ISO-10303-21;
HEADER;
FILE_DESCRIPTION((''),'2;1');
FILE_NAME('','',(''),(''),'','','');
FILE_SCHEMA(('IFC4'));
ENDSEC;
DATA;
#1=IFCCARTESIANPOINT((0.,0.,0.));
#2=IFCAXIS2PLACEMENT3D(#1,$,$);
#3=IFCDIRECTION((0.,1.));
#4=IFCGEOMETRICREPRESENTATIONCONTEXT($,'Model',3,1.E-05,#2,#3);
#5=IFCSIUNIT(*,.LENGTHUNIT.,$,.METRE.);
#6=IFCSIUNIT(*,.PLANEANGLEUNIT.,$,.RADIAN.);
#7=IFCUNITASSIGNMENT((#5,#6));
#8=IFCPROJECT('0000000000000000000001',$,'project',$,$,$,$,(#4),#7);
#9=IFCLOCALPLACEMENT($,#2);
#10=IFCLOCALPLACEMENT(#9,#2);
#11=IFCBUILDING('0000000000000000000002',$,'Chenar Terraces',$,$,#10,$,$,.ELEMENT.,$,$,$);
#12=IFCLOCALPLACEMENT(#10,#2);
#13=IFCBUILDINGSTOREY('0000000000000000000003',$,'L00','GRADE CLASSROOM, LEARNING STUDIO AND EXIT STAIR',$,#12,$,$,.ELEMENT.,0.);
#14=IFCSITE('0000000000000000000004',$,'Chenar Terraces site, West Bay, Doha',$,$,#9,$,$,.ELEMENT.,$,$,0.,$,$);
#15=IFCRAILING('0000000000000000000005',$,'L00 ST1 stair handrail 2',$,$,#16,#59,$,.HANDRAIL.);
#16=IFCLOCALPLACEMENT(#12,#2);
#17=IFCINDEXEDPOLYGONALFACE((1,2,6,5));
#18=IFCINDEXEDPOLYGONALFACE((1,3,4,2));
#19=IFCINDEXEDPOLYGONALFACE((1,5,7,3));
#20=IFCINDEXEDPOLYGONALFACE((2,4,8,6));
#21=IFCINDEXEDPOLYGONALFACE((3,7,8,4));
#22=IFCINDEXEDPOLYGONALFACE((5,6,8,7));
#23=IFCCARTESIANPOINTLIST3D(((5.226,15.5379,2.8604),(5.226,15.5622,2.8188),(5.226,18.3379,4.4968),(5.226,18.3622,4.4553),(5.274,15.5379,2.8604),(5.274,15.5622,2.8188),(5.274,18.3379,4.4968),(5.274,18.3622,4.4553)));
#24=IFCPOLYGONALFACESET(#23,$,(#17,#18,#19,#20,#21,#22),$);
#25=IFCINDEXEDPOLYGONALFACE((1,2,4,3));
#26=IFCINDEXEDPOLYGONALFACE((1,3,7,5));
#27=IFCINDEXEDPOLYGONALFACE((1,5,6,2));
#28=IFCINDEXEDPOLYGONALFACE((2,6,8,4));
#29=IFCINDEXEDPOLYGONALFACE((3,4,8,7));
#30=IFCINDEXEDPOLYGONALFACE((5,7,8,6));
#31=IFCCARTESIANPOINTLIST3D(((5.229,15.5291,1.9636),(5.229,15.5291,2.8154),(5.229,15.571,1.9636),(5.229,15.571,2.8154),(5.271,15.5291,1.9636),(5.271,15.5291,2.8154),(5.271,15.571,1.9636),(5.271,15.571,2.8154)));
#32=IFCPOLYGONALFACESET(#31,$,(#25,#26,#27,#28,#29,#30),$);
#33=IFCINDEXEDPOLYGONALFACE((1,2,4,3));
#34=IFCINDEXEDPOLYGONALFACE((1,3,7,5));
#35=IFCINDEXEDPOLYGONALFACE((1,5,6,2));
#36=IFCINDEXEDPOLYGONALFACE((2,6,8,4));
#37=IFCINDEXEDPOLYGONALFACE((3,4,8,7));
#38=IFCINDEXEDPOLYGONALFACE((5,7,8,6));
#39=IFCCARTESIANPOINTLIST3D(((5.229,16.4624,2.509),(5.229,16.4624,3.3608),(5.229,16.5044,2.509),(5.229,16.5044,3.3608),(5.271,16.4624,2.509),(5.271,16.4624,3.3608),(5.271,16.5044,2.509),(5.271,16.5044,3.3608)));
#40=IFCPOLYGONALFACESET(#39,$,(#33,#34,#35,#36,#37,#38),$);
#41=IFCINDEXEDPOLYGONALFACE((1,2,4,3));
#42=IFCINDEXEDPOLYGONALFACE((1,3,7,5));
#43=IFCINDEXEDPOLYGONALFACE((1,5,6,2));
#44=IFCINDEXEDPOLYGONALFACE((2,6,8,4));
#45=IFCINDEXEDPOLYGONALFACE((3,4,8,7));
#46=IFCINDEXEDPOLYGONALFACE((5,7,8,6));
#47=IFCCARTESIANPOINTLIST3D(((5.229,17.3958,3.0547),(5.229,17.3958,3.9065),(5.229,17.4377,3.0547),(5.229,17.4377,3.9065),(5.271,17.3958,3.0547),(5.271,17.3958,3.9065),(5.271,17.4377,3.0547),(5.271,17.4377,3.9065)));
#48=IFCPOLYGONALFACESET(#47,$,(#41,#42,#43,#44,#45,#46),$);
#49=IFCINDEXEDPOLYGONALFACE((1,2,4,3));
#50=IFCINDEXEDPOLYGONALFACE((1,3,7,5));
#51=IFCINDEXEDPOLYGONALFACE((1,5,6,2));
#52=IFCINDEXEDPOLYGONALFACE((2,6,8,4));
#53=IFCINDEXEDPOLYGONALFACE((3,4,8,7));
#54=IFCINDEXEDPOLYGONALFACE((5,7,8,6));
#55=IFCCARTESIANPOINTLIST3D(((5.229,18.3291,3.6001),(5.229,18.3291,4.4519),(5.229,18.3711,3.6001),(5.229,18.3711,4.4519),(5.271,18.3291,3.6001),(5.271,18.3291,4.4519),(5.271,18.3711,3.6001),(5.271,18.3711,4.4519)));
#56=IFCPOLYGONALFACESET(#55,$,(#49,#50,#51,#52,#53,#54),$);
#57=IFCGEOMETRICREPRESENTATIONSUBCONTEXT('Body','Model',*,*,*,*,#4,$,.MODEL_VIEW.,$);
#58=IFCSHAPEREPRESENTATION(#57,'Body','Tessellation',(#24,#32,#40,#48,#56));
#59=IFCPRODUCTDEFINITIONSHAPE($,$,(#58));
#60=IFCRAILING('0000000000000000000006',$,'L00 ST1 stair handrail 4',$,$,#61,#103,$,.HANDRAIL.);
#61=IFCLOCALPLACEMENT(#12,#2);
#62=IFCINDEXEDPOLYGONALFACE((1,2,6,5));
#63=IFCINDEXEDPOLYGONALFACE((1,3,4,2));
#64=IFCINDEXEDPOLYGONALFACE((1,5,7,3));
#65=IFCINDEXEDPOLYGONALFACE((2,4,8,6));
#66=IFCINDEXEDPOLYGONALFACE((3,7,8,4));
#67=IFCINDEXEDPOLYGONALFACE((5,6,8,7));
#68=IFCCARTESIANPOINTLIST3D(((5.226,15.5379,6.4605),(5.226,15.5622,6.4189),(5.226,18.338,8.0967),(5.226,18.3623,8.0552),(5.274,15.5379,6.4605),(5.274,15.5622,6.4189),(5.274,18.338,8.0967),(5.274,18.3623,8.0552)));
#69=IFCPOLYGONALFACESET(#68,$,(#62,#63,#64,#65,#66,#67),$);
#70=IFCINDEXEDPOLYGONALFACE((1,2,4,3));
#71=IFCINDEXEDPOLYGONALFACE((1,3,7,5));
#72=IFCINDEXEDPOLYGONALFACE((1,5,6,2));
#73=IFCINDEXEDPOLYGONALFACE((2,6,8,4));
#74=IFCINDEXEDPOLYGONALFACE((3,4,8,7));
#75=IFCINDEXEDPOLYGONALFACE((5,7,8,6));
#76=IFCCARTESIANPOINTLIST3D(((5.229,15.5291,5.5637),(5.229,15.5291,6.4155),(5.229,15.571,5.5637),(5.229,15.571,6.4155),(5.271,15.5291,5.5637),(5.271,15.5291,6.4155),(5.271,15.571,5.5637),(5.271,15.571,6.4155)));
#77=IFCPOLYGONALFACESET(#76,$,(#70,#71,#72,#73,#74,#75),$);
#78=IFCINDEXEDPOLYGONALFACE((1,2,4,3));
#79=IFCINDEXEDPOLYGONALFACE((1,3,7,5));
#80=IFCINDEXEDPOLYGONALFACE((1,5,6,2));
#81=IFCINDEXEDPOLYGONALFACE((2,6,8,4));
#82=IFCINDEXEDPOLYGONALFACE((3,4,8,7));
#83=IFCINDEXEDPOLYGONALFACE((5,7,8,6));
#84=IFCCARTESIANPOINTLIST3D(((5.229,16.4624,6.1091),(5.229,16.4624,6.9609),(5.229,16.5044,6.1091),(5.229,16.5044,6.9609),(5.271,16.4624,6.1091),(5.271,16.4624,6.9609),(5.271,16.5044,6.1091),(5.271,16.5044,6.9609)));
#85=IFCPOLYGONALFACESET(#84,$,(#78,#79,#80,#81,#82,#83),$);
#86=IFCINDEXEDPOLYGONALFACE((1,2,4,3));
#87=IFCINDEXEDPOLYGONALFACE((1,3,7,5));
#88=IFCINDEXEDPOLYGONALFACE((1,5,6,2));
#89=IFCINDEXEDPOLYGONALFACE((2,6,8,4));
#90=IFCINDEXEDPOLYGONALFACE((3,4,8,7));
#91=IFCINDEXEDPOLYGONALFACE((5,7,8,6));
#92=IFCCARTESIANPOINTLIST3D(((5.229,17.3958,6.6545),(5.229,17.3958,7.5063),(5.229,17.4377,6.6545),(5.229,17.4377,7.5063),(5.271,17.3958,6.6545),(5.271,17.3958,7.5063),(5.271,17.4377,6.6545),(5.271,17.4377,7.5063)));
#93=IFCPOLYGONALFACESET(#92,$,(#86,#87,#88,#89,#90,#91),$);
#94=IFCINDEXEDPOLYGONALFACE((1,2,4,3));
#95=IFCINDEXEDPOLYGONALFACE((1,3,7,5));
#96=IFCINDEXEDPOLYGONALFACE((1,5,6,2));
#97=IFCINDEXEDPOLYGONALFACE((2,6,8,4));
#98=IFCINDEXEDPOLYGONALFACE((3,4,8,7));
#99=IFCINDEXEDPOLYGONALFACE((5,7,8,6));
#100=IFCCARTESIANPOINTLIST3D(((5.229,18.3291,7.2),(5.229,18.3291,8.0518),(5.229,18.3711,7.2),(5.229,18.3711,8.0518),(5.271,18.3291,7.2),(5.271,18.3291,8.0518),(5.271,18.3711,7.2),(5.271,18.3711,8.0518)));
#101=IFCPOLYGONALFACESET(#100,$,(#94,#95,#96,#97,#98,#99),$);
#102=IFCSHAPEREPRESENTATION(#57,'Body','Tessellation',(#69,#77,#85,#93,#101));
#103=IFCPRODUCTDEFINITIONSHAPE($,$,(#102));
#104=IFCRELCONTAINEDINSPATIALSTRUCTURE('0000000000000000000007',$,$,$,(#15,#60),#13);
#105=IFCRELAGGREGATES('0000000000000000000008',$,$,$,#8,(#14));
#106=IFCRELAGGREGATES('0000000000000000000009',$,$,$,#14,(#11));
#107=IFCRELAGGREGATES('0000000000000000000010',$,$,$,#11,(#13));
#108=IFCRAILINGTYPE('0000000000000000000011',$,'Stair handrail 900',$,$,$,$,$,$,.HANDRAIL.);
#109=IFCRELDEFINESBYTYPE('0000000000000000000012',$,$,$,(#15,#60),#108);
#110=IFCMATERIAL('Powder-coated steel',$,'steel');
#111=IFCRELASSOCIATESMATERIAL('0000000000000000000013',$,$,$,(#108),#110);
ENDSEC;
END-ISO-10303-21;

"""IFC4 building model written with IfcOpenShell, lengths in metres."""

from ifc_helpers import new_model, si_unit, direction, frame, origin, origin_2d, place, context, subcontext, project, spatial, rectangle, extrude, material, type_object, element, save


model = new_model("IFC4")

# Units and contexts
model_context = context("Model", 3, precision=1e-05, world=origin(), true_north=direction((0.0, 1.0)))
body_context = subcontext(model_context, "Body", "Model", "MODEL_VIEW")
ifc_project = project(units=[si_unit("LENGTHUNIT", "METRE"), si_unit("PLANEANGLEUNIT", "RADIAN")], contexts=[model_context])

# Site, building, storey
site_placement = place(None, origin())
site = spatial("IfcSite", under=ifc_project, at=site_placement, Name="Chenar Terraces site, West Bay, Doha", CompositionType="ELEMENT", RefElevation=0.0)
building_placement = place(site_placement, origin())
building = spatial("IfcBuilding", under=site, at=building_placement, Name="Chenar Terraces", CompositionType="ELEMENT")
storey_placement = place(building_placement, origin())
storey = spatial("IfcBuildingStorey", under=building, at=storey_placement, Name="L00", Description="GRADE CLASSROOM, LEARNING STUDIO AND EXIT STAIR", CompositionType="ELEMENT", Elevation=0.0)

# Railings
ifc_material_1 = material(Name="Powder-coated steel", Category="steel")
railing_type_1 = type_object("IfcRailingType", Name="Stair handrail 900", PredefinedType="HANDRAIL", material=ifc_material_1)
railing_1_placement = place(storey_placement, frame((5.25, 15.55, 1.9636)))
element("IfcRailing", 1, at=railing_1_placement, inside=storey, type_object=railing_type_1, Name="L00 ST1 stair handrail 2", PredefinedType="HANDRAIL", context=body_context, shape_type="SweptSolid", body=[
    extrude(rectangle(XDim=0.0481, YDim=0.0481, at=origin_2d()), frame((0.0, 0.0, 0.876), z_axis=(0.0, 0.863361, 0.504587), x_axis=(-1.0, 0.0, 0.0)), (0.0, 0.0, 1.0), 3.2432),
    extrude(rectangle(XDim=0.042, YDim=0.042, at=origin_2d()), origin(), (0.0, 0.0, 1.0), 0.8518),
    extrude(rectangle(XDim=0.042, YDim=0.042, at=origin_2d()), frame((0.0, 0.9333, 0.5454)), (0.0, 0.0, 1.0), 0.8518),
    extrude(rectangle(XDim=0.042, YDim=0.042, at=origin_2d()), frame((0.0, 1.8667, 1.0911)), (0.0, 0.0, 1.0), 0.8518),
    extrude(rectangle(XDim=0.042, YDim=0.042, at=origin_2d()), frame((0.0, 2.8, 1.6365)), (0.0, 0.0, 1.0), 0.8518),
])
railing_2_placement = place(storey_placement, frame((5.25, 15.55, 5.5637)))
element("IfcRailing", 2, at=railing_2_placement, inside=storey, type_object=railing_type_1, Name="L00 ST1 stair handrail 4", PredefinedType="HANDRAIL", context=body_context, shape_type="SweptSolid", body=[
    extrude(rectangle(XDim=0.0481, YDim=0.0481, at=origin_2d()), frame((0.0, 0.0, 0.876), z_axis=(0.0, 0.863394, 0.504531), x_axis=(-1.0, 0.0, 0.0)), (0.0, 0.0, 1.0), 3.2432),
    extrude(rectangle(XDim=0.042, YDim=0.042, at=origin_2d()), origin(), (0.0, 0.0, 1.0), 0.8518),
    extrude(rectangle(XDim=0.042, YDim=0.042, at=origin_2d()), frame((0.0, 0.9333, 0.5454)), (0.0, 0.0, 1.0), 0.8518),
    extrude(rectangle(XDim=0.042, YDim=0.042, at=origin_2d()), frame((0.0, 1.8667, 1.0908)), (0.0, 0.0, 1.0), 0.8518),
    extrude(rectangle(XDim=0.042, YDim=0.042, at=origin_2d()), frame((0.0, 2.8, 1.6362)), (0.0, 0.0, 1.0), 0.8518),
])

save(model, "model.ifc")
